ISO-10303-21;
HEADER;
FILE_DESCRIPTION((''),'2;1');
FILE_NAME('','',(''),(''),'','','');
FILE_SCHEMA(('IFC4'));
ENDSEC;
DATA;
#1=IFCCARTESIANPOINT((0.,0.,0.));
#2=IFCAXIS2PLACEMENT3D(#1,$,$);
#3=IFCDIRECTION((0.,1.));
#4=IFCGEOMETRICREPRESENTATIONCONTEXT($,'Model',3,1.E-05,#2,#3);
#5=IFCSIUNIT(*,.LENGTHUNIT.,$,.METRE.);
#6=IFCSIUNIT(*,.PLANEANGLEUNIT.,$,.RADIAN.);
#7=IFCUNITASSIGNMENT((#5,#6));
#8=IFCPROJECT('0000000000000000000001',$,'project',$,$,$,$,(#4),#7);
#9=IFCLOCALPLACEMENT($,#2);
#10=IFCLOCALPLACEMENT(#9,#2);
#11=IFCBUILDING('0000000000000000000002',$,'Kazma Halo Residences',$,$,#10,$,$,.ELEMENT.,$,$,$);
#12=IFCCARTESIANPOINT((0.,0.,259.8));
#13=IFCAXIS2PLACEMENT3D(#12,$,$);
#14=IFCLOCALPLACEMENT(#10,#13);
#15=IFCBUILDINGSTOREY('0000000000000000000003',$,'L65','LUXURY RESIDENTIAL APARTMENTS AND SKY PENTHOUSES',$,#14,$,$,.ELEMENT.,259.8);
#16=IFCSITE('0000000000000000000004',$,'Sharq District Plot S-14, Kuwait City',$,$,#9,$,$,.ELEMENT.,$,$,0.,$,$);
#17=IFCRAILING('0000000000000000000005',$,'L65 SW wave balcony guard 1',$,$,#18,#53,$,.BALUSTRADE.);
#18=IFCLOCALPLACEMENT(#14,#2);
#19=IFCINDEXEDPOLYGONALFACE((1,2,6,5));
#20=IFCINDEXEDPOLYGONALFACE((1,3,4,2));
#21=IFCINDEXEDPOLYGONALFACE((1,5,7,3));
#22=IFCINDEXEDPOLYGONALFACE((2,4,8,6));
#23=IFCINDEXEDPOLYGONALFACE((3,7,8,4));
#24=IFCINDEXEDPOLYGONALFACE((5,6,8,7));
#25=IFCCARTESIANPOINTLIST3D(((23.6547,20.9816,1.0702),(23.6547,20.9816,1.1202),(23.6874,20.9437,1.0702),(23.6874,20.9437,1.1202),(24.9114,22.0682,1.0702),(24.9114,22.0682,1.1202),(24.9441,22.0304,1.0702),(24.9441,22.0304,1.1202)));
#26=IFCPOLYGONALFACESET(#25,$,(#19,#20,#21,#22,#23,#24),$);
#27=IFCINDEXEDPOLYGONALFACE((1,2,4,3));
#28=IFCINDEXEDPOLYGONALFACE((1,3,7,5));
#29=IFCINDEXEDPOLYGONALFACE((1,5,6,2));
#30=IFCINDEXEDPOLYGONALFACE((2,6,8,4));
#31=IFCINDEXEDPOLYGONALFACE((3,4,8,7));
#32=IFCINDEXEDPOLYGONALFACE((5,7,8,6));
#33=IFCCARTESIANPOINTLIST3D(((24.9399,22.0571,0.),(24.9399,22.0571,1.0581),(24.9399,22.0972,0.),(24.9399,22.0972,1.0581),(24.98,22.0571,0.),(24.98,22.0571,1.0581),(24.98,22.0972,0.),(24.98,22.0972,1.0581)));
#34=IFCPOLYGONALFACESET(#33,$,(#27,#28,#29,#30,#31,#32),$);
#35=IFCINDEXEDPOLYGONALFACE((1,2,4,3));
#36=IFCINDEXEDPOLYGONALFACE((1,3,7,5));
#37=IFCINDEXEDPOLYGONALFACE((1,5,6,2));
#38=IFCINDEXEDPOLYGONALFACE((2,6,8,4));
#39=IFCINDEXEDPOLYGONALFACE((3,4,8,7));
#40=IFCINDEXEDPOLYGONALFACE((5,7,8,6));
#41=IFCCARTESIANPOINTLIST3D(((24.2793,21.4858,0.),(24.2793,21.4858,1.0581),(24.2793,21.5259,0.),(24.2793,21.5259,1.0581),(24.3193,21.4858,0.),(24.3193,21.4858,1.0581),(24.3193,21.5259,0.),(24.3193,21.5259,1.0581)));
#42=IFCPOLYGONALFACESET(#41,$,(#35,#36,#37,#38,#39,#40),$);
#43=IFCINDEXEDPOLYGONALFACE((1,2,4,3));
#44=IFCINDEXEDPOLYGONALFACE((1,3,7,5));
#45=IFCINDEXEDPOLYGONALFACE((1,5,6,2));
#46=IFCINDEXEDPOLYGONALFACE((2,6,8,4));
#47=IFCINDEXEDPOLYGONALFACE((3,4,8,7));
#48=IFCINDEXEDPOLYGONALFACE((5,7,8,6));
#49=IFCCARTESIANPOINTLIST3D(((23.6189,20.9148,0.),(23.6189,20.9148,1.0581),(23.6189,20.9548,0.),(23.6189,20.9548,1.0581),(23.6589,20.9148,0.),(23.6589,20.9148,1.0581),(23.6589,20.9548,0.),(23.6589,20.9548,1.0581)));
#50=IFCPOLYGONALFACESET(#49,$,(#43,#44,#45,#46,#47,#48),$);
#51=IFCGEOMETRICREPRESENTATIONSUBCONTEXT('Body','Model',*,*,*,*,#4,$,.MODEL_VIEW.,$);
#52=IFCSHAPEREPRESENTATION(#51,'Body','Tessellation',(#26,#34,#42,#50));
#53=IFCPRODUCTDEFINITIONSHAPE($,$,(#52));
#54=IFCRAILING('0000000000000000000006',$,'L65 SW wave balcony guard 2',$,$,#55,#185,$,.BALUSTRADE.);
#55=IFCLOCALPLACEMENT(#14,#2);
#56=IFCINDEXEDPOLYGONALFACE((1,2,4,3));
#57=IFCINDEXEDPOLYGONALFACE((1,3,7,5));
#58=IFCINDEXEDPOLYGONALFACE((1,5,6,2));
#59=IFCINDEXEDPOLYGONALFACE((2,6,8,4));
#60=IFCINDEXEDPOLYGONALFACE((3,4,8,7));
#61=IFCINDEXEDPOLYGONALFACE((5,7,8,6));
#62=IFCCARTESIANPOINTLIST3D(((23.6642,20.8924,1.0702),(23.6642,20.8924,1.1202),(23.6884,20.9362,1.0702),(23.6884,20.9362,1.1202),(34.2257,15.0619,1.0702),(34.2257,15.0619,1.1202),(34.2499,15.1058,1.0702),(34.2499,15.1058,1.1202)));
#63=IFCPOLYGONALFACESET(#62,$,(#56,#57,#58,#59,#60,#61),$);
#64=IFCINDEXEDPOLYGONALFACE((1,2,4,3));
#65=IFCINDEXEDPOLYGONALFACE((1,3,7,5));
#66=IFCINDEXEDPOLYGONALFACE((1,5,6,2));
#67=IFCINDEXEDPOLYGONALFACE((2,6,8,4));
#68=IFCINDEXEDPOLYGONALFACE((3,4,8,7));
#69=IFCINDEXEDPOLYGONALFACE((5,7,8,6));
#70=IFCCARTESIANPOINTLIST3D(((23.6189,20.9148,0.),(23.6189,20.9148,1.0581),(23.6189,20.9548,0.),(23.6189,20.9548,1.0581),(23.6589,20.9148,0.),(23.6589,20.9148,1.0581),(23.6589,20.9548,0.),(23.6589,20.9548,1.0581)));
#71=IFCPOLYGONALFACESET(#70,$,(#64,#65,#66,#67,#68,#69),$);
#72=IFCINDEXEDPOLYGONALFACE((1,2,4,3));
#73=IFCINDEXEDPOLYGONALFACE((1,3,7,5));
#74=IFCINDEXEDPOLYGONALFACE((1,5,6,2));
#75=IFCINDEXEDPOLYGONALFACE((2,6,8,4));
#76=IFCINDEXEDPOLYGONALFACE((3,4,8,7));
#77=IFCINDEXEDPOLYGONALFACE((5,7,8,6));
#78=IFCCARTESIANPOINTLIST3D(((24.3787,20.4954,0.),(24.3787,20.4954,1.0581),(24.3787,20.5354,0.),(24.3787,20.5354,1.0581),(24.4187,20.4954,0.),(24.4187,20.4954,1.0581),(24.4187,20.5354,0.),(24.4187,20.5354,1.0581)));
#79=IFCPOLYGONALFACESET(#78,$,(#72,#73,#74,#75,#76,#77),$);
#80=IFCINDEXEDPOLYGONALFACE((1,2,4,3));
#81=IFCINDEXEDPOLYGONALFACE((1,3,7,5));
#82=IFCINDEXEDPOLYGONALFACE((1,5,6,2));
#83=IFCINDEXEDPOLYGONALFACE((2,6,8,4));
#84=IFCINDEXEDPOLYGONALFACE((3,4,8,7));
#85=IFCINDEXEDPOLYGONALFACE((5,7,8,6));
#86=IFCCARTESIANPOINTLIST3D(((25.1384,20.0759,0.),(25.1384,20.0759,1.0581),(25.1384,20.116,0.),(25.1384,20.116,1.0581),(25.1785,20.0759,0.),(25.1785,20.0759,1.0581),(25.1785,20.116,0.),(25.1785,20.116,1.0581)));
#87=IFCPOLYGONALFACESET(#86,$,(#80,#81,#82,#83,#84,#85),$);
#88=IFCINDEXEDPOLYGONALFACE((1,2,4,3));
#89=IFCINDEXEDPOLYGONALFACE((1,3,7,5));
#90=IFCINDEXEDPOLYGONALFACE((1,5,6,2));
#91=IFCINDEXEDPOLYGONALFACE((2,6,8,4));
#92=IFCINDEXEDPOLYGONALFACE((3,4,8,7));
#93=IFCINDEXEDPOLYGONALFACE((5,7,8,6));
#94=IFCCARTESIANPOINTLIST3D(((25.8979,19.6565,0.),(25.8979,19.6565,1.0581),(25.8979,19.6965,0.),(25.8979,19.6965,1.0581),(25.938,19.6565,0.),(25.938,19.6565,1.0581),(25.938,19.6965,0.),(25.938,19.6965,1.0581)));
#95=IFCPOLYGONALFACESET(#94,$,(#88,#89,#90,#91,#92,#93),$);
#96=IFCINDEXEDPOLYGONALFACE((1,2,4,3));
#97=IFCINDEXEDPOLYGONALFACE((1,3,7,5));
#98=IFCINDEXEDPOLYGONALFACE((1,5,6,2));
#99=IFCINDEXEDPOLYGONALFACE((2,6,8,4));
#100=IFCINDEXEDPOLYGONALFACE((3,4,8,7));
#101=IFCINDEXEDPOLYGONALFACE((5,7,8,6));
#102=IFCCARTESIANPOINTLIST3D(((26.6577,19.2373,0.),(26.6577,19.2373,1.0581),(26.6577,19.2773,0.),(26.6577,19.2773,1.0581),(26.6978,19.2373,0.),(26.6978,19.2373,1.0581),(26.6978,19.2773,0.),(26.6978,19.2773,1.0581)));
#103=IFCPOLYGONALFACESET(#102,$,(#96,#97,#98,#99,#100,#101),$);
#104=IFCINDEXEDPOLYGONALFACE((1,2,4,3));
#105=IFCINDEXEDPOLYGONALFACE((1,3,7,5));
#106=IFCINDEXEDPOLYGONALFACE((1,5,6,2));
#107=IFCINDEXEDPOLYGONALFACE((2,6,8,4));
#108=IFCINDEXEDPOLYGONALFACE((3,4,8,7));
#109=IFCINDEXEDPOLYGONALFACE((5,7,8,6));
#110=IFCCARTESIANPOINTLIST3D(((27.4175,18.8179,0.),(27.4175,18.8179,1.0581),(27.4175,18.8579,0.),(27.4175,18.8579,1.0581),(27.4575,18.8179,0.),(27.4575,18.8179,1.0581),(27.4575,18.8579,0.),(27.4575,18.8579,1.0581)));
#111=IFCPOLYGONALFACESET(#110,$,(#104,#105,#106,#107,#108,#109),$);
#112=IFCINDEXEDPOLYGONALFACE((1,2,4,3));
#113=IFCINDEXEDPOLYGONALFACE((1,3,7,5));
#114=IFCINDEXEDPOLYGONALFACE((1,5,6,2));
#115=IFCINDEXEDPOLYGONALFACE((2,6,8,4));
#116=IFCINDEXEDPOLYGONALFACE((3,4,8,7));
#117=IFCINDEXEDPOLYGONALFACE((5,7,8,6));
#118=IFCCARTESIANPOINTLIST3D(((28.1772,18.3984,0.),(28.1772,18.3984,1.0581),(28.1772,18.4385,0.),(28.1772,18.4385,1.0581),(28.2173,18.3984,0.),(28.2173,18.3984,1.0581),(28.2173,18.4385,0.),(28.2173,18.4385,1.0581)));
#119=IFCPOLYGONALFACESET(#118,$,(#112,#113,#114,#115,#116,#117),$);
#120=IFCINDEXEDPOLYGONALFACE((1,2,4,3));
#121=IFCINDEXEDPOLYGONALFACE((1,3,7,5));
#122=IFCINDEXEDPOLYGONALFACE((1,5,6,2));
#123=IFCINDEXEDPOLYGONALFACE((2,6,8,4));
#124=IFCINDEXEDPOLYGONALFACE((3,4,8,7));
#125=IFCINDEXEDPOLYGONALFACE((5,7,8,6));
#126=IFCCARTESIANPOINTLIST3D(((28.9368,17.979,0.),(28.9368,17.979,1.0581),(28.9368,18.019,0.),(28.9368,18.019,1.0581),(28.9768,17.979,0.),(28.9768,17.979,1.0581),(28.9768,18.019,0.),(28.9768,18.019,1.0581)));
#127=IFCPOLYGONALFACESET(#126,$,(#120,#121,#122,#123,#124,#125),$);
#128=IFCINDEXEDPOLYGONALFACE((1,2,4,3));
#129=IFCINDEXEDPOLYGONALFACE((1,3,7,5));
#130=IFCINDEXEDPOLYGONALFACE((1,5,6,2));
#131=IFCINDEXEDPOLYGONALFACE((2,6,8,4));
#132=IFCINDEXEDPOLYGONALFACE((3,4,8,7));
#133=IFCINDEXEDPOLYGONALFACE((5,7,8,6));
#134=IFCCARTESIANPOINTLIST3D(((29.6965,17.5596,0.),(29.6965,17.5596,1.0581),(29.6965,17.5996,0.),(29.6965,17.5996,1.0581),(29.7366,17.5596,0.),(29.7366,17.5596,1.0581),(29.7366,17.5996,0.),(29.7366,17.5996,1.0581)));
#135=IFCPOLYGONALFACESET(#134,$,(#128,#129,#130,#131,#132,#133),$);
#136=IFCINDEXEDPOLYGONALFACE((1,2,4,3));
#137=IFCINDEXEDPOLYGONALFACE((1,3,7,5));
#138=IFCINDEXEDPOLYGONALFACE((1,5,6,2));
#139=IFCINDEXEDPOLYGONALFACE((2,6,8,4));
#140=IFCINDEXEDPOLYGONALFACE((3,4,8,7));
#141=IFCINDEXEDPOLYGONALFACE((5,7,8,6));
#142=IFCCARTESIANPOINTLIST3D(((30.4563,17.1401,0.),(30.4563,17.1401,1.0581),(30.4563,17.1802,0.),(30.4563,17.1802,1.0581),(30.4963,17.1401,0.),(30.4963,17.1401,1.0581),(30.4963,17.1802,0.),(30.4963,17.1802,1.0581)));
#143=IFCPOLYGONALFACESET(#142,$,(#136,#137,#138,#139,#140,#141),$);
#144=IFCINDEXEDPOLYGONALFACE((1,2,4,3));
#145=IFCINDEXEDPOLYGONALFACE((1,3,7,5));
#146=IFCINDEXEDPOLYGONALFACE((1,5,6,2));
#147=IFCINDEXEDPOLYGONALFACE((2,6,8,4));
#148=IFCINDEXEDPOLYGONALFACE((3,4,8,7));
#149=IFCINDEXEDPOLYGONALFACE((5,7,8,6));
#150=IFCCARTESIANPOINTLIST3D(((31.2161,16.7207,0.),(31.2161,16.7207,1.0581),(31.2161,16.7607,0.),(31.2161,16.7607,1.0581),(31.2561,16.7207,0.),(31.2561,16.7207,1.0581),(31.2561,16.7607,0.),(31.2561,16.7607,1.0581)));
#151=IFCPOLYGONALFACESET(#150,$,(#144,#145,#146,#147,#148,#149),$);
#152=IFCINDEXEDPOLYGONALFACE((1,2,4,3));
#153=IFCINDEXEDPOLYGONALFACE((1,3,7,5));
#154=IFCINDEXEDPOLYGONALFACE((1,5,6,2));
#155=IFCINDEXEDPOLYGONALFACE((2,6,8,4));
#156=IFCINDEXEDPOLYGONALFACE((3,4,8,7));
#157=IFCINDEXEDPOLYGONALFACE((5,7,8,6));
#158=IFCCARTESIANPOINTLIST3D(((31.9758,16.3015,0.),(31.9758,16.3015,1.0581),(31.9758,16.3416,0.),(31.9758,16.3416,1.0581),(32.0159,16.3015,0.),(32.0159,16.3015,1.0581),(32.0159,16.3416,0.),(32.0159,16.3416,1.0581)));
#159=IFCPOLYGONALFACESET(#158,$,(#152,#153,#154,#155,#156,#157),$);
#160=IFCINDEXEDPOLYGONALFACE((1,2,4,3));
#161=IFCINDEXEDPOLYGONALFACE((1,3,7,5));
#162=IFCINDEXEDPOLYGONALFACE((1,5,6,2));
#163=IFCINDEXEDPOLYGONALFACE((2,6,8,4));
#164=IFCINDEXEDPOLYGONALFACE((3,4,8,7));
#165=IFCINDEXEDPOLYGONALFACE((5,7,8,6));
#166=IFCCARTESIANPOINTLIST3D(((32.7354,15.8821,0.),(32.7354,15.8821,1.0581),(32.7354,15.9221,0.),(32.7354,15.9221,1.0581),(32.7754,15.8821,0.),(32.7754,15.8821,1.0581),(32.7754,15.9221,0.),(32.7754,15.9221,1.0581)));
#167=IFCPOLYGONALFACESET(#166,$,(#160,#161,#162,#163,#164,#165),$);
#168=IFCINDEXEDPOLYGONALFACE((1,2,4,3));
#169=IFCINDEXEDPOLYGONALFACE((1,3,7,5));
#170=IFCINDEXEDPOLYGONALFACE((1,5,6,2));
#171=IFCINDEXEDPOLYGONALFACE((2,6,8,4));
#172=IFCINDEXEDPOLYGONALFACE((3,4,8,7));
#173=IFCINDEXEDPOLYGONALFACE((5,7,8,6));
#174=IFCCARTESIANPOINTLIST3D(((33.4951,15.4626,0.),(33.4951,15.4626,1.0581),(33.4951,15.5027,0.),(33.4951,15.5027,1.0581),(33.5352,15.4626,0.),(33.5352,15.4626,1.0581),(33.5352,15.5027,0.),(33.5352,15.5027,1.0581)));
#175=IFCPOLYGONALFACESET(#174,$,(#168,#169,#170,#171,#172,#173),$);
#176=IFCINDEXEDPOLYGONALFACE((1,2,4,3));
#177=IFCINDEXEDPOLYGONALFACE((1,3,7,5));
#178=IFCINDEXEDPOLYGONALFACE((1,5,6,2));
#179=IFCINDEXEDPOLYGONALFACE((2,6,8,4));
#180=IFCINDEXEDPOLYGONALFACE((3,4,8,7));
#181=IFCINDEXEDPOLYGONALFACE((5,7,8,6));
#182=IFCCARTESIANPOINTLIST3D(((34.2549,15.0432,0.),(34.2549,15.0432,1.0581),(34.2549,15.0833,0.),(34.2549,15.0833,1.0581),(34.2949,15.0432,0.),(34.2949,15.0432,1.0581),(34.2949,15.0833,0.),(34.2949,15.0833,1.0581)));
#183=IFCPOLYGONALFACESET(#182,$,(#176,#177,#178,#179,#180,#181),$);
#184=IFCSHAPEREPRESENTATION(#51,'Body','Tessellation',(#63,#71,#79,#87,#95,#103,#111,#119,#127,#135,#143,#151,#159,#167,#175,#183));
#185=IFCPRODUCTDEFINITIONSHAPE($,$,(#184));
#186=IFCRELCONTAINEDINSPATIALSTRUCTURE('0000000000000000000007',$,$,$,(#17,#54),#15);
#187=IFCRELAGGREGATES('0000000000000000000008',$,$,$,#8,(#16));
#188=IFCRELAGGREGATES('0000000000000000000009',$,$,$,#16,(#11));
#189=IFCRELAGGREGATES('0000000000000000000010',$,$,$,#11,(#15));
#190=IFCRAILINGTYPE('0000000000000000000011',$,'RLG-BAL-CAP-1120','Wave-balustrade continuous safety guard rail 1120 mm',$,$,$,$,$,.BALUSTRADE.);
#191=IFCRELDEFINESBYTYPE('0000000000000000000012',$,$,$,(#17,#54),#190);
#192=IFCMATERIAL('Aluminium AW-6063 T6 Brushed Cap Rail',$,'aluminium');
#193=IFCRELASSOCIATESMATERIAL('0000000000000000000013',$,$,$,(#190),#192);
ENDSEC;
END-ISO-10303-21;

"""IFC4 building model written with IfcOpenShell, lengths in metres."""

from ifc_helpers import new_model, si_unit, direction, frame, origin, origin_2d, place, context, subcontext, project, spatial, rectangle, extrude, material, type_object, element, save


model = new_model("IFC4")

# Units and contexts
model_context = context("Model", 3, precision=1e-05, world=origin(), true_north=direction((0.0, 1.0)))
body_context = subcontext(model_context, "Body", "Model", "MODEL_VIEW")
ifc_project = project(units=[si_unit("LENGTHUNIT", "METRE"), si_unit("PLANEANGLEUNIT", "RADIAN")], contexts=[model_context])

# Site, building, storey
site_placement = place(None, origin())
site = spatial("IfcSite", under=ifc_project, at=site_placement, Name="Sharq District Plot S-14, Kuwait City", CompositionType="ELEMENT", RefElevation=0.0)
building_placement = place(site_placement, origin())
building = spatial("IfcBuilding", under=site, at=building_placement, Name="Kazma Halo Residences", CompositionType="ELEMENT")
storey_placement = place(building_placement, frame((0.0, 0.0, 259.8)))
storey = spatial("IfcBuildingStorey", under=building, at=storey_placement, Name="L65", Description="LUXURY RESIDENTIAL APARTMENTS AND SKY PENTHOUSES", CompositionType="ELEMENT", Elevation=259.8)

# Railings
ifc_material_1 = material(Name="Aluminium AW-6063 T6 Brushed Cap Rail", Category="aluminium")
railing_type = type_object("IfcRailingType", Name="RLG-BAL-CAP-1120", Description="Wave-balustrade continuous safety guard rail 1120 mm", PredefinedType="BALUSTRADE", material=ifc_material_1)
railing_1_placement = place(storey_placement, frame((24.96, 22.0771, 0.0)))
element("IfcRailing", 1, at=railing_1_placement, inside=storey, type_object=railing_type, Name="L65 SW wave balcony guard 1", PredefinedType="BALUSTRADE", context=body_context, shape_type="SweptSolid", body=[
    extrude(rectangle(XDim=0.05, YDim=0.05, at=origin_2d()), frame((-0.0322, -0.0278, 1.0952), z_axis=(-0.756417, -0.654089, 0.0), x_axis=(0.654089, -0.756417, 0.0)), (0.0, 0.0, 1.0), 1.6614),
    extrude(rectangle(XDim=0.04, YDim=0.04, at=origin_2d()), origin(), (0.0, 0.0, 1.0), 1.0581),
    extrude(rectangle(XDim=0.04, YDim=0.04, at=origin_2d()), frame((-0.6606, -0.5713, 0.0)), (0.0, 0.0, 1.0), 1.0581),
    extrude(rectangle(XDim=0.04, YDim=0.04, at=origin_2d()), frame((-1.321, -1.1423, 0.0)), (0.0, 0.0, 1.0), 1.0581),
])
railing_2_placement = place(storey_placement, frame((23.6389, 20.9348, 0.0)))
element("IfcRailing", 2, at=railing_2_placement, inside=storey, type_object=railing_type, Name="L65 SW wave balcony guard 2", PredefinedType="BALUSTRADE", context=body_context, shape_type="SweptSolid", body=[
    extrude(rectangle(XDim=0.05, YDim=0.05, at=origin_2d()), frame((0.0374, -0.0205, 1.0952), z_axis=(0.875457, -0.483295, 0.0), x_axis=(0.483295, 0.875457, 0.0)), (0.0, 0.0, 1.0), 12.064),
    extrude(rectangle(XDim=0.04, YDim=0.04, at=origin_2d()), origin(), (0.0, 0.0, 1.0), 1.0581),
    extrude(rectangle(XDim=0.04, YDim=0.04, at=origin_2d()), frame((0.7598, -0.4194, 0.0)), (0.0, 0.0, 1.0), 1.0581),
    extrude(rectangle(XDim=0.04, YDim=0.04, at=origin_2d()), frame((1.5195, -0.8389, 0.0)), (0.0, 0.0, 1.0), 1.0581),
    extrude(rectangle(XDim=0.04, YDim=0.04, at=origin_2d()), frame((2.2791, -1.2583, 0.0)), (0.0, 0.0, 1.0), 1.0581),
    extrude(rectangle(XDim=0.04, YDim=0.04, at=origin_2d()), frame((3.0388, -1.6775, 0.0)), (0.0, 0.0, 1.0), 1.0581),
    extrude(rectangle(XDim=0.04, YDim=0.04, at=origin_2d()), frame((3.7986, -2.0969, 0.0)), (0.0, 0.0, 1.0), 1.0581),
    extrude(rectangle(XDim=0.04, YDim=0.04, at=origin_2d()), frame((4.5583, -2.5164, 0.0)), (0.0, 0.0, 1.0), 1.0581),
    extrude(rectangle(XDim=0.04, YDim=0.04, at=origin_2d()), frame((5.3179, -2.9358, 0.0)), (0.0, 0.0, 1.0), 1.0581),
    extrude(rectangle(XDim=0.04, YDim=0.04, at=origin_2d()), frame((6.0776, -3.3552, 0.0)), (0.0, 0.0, 1.0), 1.0581),
    extrude(rectangle(XDim=0.04, YDim=0.04, at=origin_2d()), frame((6.8374, -3.7747, 0.0)), (0.0, 0.0, 1.0), 1.0581),
    extrude(rectangle(XDim=0.04, YDim=0.04, at=origin_2d()), frame((7.5972, -4.1941, 0.0)), (0.0, 0.0, 1.0), 1.0581),
    extrude(rectangle(XDim=0.04, YDim=0.04, at=origin_2d()), frame((8.3569, -4.6133, 0.0)), (0.0, 0.0, 1.0), 1.0581),
    extrude(rectangle(XDim=0.04, YDim=0.04, at=origin_2d()), frame((9.1165, -5.0327, 0.0)), (0.0, 0.0, 1.0), 1.0581),
    extrude(rectangle(XDim=0.04, YDim=0.04, at=origin_2d()), frame((9.8762, -5.4521, 0.0)), (0.0, 0.0, 1.0), 1.0581),
    extrude(rectangle(XDim=0.04, YDim=0.04, at=origin_2d()), frame((10.636, -5.8716, 0.0)), (0.0, 0.0, 1.0), 1.0581),
])

save(model, "model.ifc")
